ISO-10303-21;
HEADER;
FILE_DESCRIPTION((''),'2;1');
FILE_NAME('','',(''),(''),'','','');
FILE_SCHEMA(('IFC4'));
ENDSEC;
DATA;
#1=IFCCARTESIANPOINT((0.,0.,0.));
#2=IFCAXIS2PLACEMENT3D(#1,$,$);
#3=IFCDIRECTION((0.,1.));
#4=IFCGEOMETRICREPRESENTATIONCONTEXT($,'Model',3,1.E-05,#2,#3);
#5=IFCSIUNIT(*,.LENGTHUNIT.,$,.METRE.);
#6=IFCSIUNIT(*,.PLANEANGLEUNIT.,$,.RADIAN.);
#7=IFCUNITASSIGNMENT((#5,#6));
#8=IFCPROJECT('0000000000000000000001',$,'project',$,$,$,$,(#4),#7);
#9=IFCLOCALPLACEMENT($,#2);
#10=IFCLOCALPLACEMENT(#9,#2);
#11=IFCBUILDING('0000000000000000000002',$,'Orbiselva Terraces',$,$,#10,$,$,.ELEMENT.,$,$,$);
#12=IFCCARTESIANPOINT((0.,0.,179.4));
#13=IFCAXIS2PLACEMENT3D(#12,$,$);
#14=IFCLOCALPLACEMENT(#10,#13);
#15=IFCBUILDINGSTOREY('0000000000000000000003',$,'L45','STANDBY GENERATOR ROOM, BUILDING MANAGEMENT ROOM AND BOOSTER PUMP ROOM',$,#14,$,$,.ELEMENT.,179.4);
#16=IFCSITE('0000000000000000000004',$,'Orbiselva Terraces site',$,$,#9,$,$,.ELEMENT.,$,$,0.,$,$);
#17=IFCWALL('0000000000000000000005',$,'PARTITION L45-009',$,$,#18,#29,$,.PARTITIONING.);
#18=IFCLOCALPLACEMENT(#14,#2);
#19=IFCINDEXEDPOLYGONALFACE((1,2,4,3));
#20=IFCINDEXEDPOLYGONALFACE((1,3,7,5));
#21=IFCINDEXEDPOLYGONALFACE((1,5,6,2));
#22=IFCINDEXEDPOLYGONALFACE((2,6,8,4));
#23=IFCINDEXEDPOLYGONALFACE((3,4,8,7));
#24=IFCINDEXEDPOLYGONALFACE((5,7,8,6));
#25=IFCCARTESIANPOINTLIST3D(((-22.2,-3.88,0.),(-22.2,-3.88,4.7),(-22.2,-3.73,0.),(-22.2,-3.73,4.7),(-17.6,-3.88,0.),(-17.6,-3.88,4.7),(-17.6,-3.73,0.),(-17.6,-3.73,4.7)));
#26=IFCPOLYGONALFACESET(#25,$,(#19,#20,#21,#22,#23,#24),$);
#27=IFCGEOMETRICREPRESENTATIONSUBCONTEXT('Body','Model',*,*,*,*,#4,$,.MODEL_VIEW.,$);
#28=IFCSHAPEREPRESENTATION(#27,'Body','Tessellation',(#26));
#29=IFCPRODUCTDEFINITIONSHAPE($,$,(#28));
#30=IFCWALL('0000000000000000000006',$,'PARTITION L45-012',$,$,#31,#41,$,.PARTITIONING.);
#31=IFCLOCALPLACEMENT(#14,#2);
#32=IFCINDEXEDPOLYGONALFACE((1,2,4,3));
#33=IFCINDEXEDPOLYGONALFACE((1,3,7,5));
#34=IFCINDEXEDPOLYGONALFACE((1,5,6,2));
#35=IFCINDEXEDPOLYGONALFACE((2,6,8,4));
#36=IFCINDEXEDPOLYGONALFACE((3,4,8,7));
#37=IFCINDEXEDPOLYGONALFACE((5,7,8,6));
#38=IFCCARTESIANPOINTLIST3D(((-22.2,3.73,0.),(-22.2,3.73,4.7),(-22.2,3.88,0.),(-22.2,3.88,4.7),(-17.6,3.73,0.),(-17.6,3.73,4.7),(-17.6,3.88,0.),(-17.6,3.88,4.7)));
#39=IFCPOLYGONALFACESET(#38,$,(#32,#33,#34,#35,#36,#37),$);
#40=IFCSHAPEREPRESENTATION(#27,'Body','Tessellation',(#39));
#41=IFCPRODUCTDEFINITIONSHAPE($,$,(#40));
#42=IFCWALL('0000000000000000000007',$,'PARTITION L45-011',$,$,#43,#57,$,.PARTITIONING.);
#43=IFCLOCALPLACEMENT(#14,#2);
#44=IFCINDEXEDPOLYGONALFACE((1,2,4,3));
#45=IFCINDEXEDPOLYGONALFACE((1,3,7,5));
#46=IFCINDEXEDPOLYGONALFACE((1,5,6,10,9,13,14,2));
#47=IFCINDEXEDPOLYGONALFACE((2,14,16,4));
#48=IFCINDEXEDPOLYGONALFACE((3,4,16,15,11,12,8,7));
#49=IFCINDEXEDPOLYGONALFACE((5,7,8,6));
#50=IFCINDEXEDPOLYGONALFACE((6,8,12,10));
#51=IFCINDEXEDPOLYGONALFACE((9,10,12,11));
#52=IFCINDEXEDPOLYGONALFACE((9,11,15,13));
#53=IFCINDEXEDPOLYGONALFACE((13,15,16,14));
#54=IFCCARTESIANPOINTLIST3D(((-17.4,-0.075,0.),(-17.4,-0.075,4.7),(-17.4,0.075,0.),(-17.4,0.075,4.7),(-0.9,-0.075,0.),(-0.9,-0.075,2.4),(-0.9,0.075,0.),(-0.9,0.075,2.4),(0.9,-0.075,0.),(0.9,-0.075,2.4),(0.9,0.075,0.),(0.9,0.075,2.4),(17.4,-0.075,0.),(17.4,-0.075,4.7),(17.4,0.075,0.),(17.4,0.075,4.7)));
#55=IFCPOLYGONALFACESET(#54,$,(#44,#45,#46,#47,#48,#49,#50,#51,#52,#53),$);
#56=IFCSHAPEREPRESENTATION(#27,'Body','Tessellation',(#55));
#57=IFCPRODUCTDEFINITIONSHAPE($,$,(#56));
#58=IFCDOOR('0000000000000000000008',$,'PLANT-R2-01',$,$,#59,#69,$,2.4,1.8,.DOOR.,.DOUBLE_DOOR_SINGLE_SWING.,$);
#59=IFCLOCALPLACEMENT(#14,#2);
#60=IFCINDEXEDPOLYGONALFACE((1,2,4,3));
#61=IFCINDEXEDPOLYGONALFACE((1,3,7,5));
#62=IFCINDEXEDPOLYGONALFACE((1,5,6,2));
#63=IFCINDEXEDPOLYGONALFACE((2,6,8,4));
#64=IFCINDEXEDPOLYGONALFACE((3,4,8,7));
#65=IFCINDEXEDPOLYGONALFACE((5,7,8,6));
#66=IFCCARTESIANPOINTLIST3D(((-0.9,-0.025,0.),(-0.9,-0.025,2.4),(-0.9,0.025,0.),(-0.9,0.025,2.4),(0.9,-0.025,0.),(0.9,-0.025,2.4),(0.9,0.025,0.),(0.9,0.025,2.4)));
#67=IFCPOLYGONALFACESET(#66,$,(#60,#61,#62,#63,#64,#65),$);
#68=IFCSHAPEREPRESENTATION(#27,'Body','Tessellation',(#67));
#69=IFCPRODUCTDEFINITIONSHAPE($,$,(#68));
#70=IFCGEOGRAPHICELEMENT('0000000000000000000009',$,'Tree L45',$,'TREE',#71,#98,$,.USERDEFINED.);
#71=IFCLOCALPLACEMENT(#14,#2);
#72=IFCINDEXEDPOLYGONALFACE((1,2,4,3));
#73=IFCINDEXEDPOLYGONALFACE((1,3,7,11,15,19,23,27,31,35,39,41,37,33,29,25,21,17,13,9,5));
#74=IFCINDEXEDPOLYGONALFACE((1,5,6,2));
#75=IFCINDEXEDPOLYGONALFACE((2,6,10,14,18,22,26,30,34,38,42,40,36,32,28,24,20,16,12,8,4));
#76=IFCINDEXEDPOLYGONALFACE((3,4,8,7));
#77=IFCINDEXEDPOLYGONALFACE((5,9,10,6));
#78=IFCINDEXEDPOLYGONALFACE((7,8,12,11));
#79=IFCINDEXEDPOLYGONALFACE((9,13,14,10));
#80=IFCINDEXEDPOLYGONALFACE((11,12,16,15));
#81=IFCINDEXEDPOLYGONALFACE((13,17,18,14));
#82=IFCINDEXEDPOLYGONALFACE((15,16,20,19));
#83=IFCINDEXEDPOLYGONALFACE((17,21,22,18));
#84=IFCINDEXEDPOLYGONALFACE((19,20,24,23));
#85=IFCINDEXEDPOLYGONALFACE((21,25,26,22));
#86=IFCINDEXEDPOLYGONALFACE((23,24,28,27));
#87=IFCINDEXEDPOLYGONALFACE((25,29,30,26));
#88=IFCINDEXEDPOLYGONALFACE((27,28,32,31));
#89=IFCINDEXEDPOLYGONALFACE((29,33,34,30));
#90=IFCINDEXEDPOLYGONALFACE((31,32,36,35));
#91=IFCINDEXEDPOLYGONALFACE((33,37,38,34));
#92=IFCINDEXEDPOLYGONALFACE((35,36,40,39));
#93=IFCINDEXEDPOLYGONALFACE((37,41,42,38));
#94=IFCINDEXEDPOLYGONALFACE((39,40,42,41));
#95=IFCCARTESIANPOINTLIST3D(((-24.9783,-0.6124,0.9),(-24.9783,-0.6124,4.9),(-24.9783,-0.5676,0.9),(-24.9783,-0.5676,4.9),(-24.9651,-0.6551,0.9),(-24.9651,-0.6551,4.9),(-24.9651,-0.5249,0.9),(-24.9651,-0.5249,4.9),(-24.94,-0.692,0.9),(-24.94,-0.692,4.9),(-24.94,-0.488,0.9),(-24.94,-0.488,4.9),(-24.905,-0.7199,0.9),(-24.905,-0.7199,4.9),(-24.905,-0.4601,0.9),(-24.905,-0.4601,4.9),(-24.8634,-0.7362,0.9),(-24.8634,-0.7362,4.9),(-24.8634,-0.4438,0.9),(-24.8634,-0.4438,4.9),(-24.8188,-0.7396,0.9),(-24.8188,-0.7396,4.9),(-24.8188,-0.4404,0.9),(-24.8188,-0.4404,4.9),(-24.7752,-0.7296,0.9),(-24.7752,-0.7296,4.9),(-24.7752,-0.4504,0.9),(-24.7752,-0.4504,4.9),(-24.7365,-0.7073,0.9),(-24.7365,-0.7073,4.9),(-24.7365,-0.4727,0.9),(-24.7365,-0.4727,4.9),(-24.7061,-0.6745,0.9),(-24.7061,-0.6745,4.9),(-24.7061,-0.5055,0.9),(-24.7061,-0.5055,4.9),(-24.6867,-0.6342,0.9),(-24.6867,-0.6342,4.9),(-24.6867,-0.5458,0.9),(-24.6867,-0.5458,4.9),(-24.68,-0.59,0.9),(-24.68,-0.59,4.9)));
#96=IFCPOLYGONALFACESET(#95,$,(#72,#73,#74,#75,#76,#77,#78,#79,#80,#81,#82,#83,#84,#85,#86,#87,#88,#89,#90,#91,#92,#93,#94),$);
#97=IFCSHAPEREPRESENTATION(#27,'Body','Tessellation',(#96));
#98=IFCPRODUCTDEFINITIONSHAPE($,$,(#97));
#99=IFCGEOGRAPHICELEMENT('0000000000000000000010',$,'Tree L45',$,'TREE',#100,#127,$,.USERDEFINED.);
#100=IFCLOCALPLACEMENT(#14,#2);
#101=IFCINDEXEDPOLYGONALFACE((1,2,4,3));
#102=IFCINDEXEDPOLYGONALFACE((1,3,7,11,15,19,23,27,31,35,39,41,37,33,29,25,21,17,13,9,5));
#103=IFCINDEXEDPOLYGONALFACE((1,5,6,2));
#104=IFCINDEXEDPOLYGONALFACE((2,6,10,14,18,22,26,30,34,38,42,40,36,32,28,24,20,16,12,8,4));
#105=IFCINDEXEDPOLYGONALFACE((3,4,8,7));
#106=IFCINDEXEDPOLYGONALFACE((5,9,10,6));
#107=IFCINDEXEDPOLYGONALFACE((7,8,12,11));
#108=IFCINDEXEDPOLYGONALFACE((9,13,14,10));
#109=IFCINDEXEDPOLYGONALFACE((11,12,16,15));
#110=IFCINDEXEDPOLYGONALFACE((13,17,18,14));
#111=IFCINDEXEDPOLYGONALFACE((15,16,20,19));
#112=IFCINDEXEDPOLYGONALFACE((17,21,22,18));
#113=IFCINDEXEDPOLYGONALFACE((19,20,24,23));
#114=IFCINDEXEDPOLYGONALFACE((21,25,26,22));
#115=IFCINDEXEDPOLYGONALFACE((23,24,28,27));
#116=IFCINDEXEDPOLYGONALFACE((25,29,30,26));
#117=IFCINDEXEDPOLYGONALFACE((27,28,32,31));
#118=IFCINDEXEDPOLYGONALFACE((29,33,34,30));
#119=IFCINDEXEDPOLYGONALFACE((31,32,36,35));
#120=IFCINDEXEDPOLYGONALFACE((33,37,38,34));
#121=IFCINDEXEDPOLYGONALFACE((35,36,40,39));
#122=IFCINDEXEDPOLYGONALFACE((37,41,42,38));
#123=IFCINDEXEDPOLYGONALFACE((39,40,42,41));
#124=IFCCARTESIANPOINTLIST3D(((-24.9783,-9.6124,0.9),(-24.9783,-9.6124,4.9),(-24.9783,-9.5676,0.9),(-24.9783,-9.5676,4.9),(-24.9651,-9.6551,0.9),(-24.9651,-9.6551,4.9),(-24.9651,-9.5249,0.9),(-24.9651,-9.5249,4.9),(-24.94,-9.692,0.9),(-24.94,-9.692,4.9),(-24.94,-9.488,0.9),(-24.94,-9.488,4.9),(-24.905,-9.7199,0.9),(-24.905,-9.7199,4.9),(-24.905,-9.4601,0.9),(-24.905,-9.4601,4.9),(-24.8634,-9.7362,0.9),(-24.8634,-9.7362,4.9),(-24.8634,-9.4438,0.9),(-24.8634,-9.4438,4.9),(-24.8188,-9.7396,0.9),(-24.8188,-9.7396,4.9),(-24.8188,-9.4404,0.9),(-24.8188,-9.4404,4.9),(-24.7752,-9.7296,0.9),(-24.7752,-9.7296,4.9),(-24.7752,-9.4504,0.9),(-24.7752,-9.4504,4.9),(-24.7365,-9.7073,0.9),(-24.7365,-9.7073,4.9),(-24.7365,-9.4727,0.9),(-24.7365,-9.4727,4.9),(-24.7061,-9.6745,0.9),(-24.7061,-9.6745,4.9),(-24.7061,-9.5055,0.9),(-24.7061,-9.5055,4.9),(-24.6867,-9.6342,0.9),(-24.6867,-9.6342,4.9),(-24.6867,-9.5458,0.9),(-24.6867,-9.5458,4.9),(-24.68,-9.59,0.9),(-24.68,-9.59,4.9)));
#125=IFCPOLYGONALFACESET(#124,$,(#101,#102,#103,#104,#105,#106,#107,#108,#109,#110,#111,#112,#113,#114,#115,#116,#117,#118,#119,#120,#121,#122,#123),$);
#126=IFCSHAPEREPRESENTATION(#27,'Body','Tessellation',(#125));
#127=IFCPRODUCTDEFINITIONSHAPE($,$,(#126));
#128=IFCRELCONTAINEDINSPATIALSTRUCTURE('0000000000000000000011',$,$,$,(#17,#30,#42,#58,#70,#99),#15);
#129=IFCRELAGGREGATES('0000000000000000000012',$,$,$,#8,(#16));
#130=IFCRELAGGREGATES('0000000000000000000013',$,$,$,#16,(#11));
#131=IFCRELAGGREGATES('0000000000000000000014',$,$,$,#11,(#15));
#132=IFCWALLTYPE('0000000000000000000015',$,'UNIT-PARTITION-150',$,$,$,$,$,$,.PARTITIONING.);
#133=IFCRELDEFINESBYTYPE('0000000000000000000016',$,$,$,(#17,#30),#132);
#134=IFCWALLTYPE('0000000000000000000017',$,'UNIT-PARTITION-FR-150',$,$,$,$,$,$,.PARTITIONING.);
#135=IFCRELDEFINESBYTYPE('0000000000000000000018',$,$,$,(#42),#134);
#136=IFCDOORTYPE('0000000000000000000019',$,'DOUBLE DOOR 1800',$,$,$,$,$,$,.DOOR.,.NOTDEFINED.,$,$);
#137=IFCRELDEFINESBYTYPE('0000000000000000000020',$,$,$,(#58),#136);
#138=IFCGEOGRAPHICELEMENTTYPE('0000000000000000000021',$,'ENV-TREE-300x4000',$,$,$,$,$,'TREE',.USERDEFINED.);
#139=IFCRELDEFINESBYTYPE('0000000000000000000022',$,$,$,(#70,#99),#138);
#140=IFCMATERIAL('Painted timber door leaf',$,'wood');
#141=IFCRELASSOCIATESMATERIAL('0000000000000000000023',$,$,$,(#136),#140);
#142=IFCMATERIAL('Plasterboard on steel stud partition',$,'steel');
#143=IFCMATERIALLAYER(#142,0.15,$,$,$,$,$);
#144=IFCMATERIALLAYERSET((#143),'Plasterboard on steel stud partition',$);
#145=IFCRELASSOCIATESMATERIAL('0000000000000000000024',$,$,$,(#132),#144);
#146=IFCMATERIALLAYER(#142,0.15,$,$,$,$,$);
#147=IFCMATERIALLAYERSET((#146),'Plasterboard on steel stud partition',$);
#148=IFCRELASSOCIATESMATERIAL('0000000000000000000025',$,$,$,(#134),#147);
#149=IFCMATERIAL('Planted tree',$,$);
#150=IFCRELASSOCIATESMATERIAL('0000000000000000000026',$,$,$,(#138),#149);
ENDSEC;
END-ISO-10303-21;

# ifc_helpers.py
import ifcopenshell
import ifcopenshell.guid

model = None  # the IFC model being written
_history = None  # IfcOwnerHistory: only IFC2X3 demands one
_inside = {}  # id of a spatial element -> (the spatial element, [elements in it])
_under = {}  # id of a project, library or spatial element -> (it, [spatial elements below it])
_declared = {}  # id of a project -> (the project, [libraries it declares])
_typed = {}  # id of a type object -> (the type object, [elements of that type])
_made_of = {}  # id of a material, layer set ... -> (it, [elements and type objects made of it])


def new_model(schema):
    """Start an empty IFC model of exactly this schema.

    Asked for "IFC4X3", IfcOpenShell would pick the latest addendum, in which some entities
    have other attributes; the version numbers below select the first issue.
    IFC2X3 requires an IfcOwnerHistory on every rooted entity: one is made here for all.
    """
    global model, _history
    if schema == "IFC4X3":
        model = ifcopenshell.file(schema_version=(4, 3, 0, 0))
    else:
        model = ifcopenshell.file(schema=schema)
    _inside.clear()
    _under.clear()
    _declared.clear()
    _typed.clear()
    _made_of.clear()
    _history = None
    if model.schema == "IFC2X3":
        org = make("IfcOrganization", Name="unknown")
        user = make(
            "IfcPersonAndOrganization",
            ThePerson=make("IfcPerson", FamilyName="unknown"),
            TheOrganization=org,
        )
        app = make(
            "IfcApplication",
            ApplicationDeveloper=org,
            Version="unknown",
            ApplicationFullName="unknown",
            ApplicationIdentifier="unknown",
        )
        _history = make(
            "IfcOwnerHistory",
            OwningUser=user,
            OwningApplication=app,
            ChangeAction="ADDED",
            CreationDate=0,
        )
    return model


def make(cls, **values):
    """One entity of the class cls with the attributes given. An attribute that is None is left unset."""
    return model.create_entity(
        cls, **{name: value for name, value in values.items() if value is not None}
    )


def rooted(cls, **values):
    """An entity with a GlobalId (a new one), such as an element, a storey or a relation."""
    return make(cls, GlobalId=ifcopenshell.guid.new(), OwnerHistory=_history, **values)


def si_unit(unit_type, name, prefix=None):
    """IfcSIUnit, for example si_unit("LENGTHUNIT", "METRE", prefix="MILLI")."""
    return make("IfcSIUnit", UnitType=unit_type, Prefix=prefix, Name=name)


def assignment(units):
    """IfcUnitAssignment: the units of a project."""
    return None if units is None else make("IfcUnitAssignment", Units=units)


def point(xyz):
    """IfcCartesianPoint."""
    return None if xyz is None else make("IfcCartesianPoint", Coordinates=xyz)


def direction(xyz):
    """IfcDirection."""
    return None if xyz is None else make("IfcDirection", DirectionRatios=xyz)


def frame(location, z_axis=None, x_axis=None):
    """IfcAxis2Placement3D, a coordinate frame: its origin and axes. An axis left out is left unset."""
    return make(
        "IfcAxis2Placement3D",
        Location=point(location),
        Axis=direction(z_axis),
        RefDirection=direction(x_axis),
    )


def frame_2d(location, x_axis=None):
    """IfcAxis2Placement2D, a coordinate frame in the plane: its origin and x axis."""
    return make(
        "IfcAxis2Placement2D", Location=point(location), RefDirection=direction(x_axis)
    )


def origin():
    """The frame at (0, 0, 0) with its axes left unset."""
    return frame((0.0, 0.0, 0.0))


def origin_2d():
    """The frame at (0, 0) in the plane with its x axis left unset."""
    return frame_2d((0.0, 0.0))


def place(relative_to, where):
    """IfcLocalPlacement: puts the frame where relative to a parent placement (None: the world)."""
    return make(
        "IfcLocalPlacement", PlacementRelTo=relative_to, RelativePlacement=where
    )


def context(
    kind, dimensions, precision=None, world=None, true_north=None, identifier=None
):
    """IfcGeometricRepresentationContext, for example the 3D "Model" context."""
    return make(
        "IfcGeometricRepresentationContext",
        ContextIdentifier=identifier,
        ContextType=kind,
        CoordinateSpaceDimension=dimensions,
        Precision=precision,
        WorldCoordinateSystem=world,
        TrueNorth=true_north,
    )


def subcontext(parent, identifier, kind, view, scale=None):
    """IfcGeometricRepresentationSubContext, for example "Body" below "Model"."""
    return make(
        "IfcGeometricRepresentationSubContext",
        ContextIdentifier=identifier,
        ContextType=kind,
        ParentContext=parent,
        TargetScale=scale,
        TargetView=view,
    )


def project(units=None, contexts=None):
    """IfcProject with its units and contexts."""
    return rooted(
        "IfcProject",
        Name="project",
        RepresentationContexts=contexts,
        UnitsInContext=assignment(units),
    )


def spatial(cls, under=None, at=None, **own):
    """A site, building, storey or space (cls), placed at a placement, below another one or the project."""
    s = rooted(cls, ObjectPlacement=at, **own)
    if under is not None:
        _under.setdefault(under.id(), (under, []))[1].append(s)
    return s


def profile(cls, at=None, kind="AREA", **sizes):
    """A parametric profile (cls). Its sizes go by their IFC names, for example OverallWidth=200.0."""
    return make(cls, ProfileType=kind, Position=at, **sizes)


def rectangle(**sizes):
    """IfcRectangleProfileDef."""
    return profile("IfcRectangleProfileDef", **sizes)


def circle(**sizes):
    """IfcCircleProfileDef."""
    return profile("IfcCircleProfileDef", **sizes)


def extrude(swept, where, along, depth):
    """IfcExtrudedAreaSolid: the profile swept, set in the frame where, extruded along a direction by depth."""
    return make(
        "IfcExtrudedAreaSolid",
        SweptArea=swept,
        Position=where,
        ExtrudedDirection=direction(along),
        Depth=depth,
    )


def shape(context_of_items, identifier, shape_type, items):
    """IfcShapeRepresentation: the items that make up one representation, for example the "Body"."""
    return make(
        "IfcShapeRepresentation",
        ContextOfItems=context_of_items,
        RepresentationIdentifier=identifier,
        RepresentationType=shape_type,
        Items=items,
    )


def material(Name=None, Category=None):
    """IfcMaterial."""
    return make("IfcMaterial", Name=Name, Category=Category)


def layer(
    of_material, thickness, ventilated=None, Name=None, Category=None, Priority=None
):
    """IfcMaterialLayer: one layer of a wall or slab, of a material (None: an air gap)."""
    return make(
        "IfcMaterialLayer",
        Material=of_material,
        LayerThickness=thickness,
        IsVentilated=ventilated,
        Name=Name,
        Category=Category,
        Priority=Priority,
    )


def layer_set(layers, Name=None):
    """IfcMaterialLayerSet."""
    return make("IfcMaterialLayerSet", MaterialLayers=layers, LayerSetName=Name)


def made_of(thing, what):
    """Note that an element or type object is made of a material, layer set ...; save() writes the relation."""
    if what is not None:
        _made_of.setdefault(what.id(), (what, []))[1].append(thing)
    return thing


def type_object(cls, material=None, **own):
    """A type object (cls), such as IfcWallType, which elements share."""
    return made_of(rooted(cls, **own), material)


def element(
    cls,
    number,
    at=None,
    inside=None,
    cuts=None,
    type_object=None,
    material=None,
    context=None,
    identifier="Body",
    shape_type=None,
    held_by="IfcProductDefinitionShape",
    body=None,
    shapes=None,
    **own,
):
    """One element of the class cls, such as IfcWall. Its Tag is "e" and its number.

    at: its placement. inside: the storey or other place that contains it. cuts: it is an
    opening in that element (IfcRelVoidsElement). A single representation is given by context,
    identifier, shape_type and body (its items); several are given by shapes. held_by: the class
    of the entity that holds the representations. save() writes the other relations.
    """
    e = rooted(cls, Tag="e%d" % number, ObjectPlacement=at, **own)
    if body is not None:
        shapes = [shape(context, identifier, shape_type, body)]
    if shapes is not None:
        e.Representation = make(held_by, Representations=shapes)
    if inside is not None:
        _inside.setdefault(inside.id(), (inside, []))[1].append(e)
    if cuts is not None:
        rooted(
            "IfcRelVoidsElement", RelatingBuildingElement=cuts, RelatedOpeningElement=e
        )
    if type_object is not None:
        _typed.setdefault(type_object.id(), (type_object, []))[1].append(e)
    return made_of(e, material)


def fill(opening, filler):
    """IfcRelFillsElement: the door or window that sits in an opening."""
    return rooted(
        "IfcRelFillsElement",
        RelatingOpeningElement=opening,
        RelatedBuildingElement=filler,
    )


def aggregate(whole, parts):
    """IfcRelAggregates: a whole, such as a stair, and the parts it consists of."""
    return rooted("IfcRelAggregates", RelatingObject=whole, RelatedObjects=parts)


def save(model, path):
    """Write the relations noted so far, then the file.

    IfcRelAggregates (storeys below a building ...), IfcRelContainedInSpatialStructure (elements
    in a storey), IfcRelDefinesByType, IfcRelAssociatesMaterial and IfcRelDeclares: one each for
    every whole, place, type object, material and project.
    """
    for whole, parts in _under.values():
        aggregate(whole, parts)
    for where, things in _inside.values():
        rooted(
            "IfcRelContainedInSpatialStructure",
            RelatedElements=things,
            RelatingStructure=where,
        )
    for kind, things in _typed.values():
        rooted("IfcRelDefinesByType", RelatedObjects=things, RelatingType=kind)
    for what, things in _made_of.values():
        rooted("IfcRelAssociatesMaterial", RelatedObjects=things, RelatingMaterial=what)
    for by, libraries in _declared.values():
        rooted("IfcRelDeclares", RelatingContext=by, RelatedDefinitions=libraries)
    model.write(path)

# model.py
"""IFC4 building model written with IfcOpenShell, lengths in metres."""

from ifc_helpers import new_model, si_unit, direction, frame, frame_2d, origin, origin_2d, place, context, subcontext, project, spatial, rectangle, circle, extrude, material, layer, layer_set, type_object, element, fill, save


model = new_model("IFC4")

# Units and contexts
model_context = context("Model", 3, precision=1e-05, world=origin(), true_north=direction((0.0, 1.0)))
body_context = subcontext(model_context, "Body", "Model", "MODEL_VIEW")
ifc_project = project(units=[si_unit("LENGTHUNIT", "METRE"), si_unit("PLANEANGLEUNIT", "RADIAN")], contexts=[model_context])

# Site, building, storey
site_placement = place(None, origin())
site = spatial("IfcSite", under=ifc_project, at=site_placement, Name="Orbiselva Terraces site", CompositionType="ELEMENT", RefElevation=0.0)
building_placement = place(site_placement, origin())
building = spatial("IfcBuilding", under=site, at=building_placement, Name="Orbiselva Terraces", CompositionType="ELEMENT")
storey_placement = place(building_placement, frame((0.0, 0.0, 179.4)))
storey = spatial("IfcBuildingStorey", under=building, at=storey_placement, Name="L45", Description="STANDBY GENERATOR ROOM, BUILDING MANAGEMENT ROOM AND BOOSTER PUMP ROOM", CompositionType="ELEMENT", Elevation=179.4)

# Shared definitions
ifc_material_1 = material(Name="Plasterboard on steel stud partition", Category="steel")

# Shared definitions
ifc_material_2 = material(Name="Painted timber door leaf", Category="wood")
door_type_1 = type_object("IfcDoorType", Name="DOUBLE DOOR 1800", OperationType="NOTDEFINED", PredefinedType="DOOR", material=ifc_material_2)

# Walls
ifc_layer_1 = layer(ifc_material_1, 0.15)
ifc_layer_set_1 = layer_set([ifc_layer_1], Name="Plasterboard on steel stud partition")
wall_type_1 = type_object("IfcWallType", Name="UNIT-PARTITION-150", PredefinedType="PARTITIONING", material=ifc_layer_set_1)
for number, where, z_axis, x_axis, name in (
    (1, (-22.2, -3.805, 0.0), (0.0, 0.0, 1.0), (1.0, 0.0, 0.0), "PARTITION L45-009"),
    (2, (-22.2, 3.805, 0.0), (0.0, 0.0, 1.0), (1.0, 0.0, 0.0), "PARTITION L45-012"),
):
    element("IfcWall", number, at=place(storey_placement, frame(where, z_axis=z_axis, x_axis=x_axis)), inside=storey, type_object=wall_type_1, Name=name, PredefinedType="PARTITIONING", context=body_context, shape_type="SweptSolid", body=[
        extrude(rectangle(XDim=4.6, YDim=0.15, at=frame_2d((2.3, 0.0))), origin(), (0.0, 0.0, 1.0), 4.7),
    ])

# Wall, opening, door
ifc_layer_2 = layer(ifc_material_1, 0.15)
ifc_layer_set_2 = layer_set([ifc_layer_2], Name="Plasterboard on steel stud partition")
wall_type_2 = type_object("IfcWallType", Name="UNIT-PARTITION-FR-150", PredefinedType="PARTITIONING", material=ifc_layer_set_2)
wall_1_placement = place(storey_placement, frame((-17.4, 0.0, 0.0), z_axis=(0.0, 0.0, 1.0), x_axis=(1.0, 0.0, 0.0)))
wall_1 = element("IfcWall", 3, at=wall_1_placement, inside=storey, type_object=wall_type_2, Name="PARTITION L45-011", PredefinedType="PARTITIONING", context=body_context, shape_type="SweptSolid", body=[
    extrude(rectangle(XDim=34.8, YDim=0.15, at=frame_2d((17.4, 0.0))), origin(), (0.0, 0.0, 1.0), 4.7),
])
opening_1_placement = place(wall_1_placement, frame((16.5, 0.0, 0.0)))
opening_1 = element("IfcOpeningElement", 4, at=opening_1_placement, cuts=wall_1, PredefinedType="OPENING", context=body_context, shape_type="SweptSolid", body=[
    extrude(rectangle(XDim=1.8, YDim=2.4, at=frame_2d((0.9, 1.2))), frame((0.0, 0.085, 0.0), z_axis=(0.0, -1.0, 0.0), x_axis=(1.0, 0.0, 0.0)), (0.0, 0.0, 1.0), 0.17),
])
door_1_placement = place(opening_1_placement, origin())
door_1 = element("IfcDoor", 5, at=door_1_placement, inside=storey, type_object=door_type_1, Name="PLANT-R2-01", OperationType="DOUBLE_DOOR_SINGLE_SWING", OverallHeight=2.4, OverallWidth=1.8, PredefinedType="DOOR", context=body_context, shape_type="SweptSolid", body=[
    extrude(rectangle(XDim=1.8, YDim=2.4, at=frame_2d((0.9, 1.2))), frame((0.0, 0.025, 0.0), z_axis=(0.0, -1.0, 0.0), x_axis=(1.0, 0.0, 0.0)), (0.0, 0.0, 1.0), 0.05),
])
fill(opening_1, door_1)

# Geographic elements
ifc_material_3 = material(Name="Planted tree")
geographic_element_type = type_object("IfcGeographicElementType", Name="ENV-TREE-300x4000", ElementType="TREE", PredefinedType="USERDEFINED", material=ifc_material_3)
for number, where, z_axis, x_axis, name in (
    (6, (-24.83, -0.59, 4.9), (0.0, 0.0, -1.0), (1.0, 0.0, 0.0), "Tree L45"),
    (7, (-24.83, -9.59, 4.9), (0.0, 0.0, -1.0), (1.0, 0.0, 0.0), "Tree L45"),
):
    element("IfcGeographicElement", number, at=place(storey_placement, frame(where, z_axis=z_axis, x_axis=x_axis)), inside=storey, type_object=geographic_element_type, Name=name, ObjectType="TREE", PredefinedType="USERDEFINED", context=body_context, shape_type="SweptSolid", body=[
        extrude(circle(Radius=0.15, at=origin_2d()), origin(), (0.0, 0.0, 1.0), 4.0),
    ])

save(model, "model.ifc")
